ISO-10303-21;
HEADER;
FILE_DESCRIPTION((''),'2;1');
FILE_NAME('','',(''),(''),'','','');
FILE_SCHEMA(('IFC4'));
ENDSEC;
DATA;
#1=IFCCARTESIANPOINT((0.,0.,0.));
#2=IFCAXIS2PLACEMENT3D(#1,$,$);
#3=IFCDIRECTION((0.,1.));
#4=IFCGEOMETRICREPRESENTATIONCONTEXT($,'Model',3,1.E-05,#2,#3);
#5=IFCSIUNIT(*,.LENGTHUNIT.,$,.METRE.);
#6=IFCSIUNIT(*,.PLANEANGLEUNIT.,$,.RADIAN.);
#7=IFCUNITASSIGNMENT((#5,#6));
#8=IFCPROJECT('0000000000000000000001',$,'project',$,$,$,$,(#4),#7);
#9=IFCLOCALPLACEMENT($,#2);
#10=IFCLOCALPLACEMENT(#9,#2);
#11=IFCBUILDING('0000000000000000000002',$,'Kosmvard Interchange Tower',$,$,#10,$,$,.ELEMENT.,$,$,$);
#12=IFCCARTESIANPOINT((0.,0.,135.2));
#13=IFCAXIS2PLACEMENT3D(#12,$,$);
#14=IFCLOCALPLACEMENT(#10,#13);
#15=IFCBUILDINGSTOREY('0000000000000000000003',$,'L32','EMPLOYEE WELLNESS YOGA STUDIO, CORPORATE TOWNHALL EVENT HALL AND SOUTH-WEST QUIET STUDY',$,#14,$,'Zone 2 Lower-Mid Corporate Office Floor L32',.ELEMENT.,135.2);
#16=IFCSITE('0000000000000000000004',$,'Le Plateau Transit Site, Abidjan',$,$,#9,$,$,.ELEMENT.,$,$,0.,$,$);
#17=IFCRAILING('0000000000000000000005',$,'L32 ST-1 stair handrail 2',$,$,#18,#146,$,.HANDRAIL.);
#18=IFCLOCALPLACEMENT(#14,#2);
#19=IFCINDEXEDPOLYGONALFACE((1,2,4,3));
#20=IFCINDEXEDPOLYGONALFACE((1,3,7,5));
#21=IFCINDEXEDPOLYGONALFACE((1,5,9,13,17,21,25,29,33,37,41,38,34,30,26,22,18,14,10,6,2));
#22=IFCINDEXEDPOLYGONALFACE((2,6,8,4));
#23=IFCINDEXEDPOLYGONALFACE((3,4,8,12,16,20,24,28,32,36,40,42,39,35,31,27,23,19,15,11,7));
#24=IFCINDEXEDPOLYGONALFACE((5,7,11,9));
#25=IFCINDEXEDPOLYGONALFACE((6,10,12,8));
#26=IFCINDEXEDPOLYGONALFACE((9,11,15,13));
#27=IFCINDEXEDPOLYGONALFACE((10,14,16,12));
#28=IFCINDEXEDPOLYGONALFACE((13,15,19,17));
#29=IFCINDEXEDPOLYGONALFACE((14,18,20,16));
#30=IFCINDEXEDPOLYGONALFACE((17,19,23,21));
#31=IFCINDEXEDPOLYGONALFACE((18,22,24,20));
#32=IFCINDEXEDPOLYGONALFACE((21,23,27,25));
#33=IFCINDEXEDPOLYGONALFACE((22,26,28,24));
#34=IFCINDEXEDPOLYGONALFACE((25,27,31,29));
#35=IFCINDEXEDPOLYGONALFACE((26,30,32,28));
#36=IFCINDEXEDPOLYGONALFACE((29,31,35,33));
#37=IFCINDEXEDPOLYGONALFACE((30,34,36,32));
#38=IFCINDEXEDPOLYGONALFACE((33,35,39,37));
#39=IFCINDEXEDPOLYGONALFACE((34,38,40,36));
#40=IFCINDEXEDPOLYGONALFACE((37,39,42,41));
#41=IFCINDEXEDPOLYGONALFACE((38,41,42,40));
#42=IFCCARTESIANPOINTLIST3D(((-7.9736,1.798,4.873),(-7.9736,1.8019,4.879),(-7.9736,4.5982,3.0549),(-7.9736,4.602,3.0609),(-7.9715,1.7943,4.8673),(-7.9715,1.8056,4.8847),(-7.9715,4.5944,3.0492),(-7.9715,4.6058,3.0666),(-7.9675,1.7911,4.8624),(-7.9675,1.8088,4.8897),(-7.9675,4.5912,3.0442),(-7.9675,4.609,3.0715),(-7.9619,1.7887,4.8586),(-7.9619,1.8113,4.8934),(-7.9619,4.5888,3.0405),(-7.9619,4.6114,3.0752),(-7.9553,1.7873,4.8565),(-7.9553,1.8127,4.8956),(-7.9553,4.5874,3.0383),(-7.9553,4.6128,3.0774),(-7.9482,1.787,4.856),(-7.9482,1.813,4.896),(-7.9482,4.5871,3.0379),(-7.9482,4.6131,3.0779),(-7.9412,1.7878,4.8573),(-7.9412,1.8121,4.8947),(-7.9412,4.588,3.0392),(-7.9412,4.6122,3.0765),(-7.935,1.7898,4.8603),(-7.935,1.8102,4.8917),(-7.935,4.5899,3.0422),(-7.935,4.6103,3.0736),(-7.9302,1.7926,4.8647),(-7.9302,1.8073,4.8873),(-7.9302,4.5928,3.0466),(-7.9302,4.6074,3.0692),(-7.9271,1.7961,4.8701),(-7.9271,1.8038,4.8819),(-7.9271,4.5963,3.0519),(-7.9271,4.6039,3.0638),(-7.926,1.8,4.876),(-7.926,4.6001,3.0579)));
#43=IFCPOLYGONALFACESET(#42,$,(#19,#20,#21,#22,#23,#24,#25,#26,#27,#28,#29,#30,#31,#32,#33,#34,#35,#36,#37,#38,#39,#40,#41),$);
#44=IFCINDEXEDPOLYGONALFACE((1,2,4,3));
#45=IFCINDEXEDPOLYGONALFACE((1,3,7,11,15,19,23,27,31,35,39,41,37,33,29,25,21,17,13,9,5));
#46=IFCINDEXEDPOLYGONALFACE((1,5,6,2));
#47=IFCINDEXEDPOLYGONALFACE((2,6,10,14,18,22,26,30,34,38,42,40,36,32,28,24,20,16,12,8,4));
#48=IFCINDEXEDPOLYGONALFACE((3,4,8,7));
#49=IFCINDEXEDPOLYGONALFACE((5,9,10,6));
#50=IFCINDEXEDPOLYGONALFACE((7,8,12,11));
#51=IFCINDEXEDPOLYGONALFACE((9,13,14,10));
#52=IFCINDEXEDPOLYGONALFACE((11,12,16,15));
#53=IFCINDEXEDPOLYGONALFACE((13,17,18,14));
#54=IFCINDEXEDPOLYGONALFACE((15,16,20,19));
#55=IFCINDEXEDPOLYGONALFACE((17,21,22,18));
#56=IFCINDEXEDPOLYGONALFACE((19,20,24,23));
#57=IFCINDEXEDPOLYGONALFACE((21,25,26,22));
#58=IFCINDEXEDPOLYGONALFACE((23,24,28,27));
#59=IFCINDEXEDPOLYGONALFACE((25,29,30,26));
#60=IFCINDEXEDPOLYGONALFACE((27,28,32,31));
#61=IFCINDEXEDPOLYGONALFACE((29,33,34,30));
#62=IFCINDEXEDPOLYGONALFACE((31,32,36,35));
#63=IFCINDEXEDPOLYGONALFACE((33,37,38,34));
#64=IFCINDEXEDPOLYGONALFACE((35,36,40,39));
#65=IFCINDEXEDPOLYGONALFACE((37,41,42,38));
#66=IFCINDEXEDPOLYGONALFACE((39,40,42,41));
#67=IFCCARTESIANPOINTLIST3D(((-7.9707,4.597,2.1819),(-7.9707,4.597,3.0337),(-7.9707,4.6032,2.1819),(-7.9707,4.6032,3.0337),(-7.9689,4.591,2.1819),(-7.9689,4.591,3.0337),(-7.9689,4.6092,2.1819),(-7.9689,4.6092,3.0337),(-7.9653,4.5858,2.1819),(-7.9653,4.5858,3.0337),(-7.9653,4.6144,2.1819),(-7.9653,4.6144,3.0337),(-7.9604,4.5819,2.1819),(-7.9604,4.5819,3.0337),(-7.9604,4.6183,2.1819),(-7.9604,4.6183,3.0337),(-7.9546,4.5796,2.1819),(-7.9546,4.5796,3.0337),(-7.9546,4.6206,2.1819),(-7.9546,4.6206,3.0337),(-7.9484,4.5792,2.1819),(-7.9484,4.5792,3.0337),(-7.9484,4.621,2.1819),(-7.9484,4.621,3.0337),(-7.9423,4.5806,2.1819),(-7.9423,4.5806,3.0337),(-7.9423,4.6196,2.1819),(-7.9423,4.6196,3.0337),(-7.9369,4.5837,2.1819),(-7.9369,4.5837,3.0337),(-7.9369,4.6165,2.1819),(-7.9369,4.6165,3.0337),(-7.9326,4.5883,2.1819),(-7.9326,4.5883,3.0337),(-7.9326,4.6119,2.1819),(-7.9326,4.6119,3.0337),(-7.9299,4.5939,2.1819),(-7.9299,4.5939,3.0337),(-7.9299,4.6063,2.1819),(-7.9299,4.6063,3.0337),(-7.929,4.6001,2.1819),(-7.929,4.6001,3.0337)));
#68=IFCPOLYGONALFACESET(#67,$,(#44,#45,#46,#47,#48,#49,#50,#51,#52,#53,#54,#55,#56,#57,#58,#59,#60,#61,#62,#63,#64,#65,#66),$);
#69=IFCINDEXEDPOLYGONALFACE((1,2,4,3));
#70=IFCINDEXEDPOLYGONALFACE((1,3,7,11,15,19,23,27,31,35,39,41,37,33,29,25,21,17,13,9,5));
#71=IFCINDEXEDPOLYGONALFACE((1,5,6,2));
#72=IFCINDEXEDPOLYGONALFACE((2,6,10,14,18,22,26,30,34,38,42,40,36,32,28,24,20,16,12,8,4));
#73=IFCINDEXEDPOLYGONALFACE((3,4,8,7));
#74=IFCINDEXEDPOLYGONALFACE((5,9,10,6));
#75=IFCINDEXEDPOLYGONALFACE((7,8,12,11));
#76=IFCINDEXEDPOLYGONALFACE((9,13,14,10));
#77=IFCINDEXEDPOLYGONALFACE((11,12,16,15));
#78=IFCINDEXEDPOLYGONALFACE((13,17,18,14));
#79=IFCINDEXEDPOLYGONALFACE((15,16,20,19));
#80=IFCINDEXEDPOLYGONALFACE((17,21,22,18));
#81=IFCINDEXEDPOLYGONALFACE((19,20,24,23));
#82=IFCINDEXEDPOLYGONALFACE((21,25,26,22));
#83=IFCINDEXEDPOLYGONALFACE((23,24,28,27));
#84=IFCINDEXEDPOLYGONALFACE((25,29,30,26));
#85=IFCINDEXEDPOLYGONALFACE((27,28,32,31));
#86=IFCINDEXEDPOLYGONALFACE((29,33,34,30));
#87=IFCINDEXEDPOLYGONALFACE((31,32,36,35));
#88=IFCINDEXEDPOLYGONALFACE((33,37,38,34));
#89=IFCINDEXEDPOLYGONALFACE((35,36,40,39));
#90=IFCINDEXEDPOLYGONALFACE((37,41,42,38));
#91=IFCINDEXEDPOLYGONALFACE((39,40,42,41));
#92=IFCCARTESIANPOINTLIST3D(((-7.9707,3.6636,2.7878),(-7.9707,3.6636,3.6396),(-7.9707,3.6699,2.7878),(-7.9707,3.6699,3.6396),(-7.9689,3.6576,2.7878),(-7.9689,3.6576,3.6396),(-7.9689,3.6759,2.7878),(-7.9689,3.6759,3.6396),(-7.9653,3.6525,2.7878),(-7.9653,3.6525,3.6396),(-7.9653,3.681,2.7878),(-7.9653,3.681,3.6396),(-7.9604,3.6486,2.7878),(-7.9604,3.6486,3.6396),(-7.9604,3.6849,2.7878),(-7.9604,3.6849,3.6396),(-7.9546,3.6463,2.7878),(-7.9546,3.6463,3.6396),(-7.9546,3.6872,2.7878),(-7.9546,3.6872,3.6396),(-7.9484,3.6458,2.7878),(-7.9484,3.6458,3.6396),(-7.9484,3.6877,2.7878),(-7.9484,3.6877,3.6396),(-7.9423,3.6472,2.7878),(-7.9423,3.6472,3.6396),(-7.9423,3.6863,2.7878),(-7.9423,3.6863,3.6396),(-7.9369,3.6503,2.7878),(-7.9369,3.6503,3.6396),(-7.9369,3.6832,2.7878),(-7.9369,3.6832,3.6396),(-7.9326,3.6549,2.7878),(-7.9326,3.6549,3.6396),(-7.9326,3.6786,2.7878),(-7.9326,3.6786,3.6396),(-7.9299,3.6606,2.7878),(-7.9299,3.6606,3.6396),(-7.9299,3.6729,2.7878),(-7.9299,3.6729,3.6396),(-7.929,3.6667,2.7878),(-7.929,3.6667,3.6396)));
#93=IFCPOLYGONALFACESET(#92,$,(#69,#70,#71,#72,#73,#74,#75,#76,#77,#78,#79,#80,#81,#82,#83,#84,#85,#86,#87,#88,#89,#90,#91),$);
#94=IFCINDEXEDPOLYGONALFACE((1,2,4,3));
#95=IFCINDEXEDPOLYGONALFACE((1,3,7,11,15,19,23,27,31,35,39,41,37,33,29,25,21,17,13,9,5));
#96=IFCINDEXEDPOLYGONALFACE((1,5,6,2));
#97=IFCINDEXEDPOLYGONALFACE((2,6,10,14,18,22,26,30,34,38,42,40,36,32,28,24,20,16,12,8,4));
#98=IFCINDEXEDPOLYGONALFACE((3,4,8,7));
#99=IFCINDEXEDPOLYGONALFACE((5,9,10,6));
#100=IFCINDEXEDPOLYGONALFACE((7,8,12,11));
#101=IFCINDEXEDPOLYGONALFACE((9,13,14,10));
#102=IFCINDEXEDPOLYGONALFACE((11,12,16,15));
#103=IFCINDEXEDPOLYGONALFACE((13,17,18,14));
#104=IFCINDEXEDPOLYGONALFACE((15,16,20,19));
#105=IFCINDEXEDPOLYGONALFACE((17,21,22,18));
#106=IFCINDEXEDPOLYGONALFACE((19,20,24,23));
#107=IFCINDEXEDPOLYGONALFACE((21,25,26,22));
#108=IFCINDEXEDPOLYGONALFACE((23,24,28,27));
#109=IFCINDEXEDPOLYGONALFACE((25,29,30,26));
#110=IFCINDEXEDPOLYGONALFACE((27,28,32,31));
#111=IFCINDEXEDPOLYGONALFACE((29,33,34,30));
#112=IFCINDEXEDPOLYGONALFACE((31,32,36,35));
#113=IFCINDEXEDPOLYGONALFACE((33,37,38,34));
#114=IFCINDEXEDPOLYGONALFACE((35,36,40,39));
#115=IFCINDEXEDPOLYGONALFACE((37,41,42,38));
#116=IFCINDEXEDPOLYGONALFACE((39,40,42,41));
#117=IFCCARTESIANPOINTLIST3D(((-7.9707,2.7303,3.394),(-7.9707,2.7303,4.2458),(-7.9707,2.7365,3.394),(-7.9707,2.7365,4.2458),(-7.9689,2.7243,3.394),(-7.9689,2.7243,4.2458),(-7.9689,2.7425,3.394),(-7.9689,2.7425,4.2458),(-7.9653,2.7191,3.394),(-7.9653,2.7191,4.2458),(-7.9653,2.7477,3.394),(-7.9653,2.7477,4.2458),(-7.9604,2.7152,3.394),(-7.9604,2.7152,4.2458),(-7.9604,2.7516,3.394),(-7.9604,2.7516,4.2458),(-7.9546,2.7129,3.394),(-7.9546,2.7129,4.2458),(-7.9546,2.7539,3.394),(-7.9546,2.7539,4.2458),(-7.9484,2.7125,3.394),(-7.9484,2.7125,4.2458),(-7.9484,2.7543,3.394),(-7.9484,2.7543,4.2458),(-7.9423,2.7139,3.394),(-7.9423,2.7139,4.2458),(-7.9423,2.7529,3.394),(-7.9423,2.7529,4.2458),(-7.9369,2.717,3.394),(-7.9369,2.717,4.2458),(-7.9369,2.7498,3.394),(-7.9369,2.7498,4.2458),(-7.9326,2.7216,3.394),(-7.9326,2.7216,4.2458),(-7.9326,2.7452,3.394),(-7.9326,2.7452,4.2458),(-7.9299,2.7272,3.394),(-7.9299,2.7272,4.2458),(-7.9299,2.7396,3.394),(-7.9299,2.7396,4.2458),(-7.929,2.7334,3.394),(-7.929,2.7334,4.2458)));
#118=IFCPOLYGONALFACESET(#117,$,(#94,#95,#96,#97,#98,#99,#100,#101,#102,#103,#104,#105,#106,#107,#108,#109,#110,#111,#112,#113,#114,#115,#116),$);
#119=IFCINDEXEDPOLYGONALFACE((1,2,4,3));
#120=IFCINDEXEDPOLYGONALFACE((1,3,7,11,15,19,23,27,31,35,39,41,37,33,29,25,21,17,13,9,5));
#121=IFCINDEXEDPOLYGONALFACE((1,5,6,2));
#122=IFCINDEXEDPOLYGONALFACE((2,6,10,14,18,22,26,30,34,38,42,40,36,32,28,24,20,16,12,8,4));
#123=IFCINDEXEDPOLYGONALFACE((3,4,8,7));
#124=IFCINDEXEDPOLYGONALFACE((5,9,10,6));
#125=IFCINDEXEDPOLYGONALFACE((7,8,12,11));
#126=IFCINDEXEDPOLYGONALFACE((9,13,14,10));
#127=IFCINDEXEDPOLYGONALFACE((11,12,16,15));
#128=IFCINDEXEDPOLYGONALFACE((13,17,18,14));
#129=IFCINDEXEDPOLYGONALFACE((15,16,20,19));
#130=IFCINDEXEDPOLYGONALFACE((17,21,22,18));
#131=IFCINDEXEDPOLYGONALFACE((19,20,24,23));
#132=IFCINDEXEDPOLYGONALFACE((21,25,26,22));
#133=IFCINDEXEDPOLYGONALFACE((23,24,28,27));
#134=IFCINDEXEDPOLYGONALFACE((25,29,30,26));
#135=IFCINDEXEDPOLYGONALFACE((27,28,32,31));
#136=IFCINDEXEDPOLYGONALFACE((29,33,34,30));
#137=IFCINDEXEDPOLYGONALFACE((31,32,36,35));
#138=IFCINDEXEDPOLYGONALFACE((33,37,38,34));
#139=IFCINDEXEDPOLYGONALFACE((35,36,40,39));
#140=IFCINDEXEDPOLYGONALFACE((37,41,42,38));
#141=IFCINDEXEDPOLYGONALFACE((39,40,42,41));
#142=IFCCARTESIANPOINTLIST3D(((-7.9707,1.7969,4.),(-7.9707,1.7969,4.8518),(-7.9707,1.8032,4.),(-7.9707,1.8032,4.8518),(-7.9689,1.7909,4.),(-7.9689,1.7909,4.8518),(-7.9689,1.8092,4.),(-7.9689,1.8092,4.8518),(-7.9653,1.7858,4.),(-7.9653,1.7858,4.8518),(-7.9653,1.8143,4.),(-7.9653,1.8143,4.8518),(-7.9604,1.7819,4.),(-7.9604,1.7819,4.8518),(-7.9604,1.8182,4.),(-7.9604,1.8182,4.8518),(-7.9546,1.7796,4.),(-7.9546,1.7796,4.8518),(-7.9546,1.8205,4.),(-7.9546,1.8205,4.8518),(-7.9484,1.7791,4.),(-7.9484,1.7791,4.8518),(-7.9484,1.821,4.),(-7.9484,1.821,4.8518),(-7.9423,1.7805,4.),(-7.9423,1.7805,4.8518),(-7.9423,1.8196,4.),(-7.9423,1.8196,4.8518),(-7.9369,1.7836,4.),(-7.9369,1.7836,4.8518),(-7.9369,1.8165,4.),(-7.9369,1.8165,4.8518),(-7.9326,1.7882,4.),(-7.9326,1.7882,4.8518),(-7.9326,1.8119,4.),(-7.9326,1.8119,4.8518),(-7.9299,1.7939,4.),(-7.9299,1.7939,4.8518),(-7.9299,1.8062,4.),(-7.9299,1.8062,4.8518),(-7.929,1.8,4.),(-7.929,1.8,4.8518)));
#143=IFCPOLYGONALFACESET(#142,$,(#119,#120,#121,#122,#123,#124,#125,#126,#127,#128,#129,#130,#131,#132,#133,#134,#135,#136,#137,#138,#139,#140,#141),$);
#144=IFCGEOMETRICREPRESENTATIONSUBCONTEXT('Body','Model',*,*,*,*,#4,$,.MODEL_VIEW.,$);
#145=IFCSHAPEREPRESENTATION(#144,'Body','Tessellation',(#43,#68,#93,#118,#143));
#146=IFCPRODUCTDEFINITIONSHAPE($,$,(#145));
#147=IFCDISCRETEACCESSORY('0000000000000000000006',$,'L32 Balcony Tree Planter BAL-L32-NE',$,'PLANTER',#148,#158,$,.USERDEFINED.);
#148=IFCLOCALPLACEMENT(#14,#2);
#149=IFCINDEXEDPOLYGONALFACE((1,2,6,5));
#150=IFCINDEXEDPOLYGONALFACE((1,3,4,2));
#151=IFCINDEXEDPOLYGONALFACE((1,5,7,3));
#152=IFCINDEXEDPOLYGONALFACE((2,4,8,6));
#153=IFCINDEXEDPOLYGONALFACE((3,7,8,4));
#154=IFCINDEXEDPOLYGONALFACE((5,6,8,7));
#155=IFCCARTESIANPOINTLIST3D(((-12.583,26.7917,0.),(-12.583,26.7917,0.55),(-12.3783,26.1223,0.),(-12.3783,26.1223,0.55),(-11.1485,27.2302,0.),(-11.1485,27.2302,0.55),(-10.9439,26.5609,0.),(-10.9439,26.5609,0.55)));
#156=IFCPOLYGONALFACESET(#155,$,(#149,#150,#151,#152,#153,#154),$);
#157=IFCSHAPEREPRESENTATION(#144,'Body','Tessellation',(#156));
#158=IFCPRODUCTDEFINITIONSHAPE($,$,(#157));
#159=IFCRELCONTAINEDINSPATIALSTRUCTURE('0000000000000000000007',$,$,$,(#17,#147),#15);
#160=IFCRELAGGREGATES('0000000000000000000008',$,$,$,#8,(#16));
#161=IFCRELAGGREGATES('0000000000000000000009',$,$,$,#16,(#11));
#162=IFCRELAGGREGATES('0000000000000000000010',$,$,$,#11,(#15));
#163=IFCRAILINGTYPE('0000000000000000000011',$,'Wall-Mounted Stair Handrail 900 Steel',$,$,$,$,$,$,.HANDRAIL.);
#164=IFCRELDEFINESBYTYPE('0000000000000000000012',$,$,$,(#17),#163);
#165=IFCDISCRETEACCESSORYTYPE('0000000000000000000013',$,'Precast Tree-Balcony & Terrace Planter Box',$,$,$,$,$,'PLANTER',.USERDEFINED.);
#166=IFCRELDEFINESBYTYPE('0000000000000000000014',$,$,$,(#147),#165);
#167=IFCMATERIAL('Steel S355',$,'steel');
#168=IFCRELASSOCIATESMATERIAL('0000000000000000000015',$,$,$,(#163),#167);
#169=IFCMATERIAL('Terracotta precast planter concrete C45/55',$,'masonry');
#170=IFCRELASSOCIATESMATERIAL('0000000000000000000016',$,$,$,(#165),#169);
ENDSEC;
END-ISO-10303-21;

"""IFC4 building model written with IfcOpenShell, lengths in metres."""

from ifc_helpers import new_model, si_unit, direction, frame, origin, origin_2d, place, context, subcontext, project, spatial, rectangle, circle, extrude, source, transform, mapped, material, type_object, element, save


model = new_model("IFC4")

# Units and contexts
model_context = context("Model", 3, precision=1e-05, world=origin(), true_north=direction((0.0, 1.0)))
body_context = subcontext(model_context, "Body", "Model", "MODEL_VIEW")
ifc_project = project(units=[si_unit("LENGTHUNIT", "METRE"), si_unit("PLANEANGLEUNIT", "RADIAN")], contexts=[model_context])

# Site, building, storey
site_placement = place(None, origin())
site = spatial("IfcSite", under=ifc_project, at=site_placement, Name="Le Plateau Transit Site, Abidjan", CompositionType="ELEMENT", RefElevation=0.0)
building_placement = place(site_placement, origin())
building = spatial("IfcBuilding", under=site, at=building_placement, Name="Kosmvard Interchange Tower", CompositionType="ELEMENT")
storey_placement = place(building_placement, frame((0.0, 0.0, 135.2)))
storey = spatial("IfcBuildingStorey", under=building, at=storey_placement, Name="L32", Description="EMPLOYEE WELLNESS YOGA STUDIO, CORPORATE TOWNHALL EVENT HALL AND SOUTH-WEST QUIET STUDY", LongName="Zone 2 Lower-Mid Corporate Office Floor L32", CompositionType="ELEMENT", Elevation=135.2)

# Shared definitions
ifc_material_1 = material(Name="Steel S355", Category="steel")

# Railing
railing_type_1 = type_object("IfcRailingType", Name="Wall-Mounted Stair Handrail 900 Steel", PredefinedType="HANDRAIL", material=ifc_material_1)
shared_shape_1 = source(origin(), body_context, "Body", "SweptSolid", [
    extrude(circle(Radius=0.0239, at=origin_2d()), frame((0.0, 0.0, 0.876), z_axis=(0.0, -0.838706, 0.544585), x_axis=(1.0, 0.0, 0.0)), (0.0, 0.0, 1.0), 3.3386),
    extrude(circle(Radius=0.021, at=origin_2d()), origin(), (0.0, 0.0, 1.0), 0.8518),
    extrude(circle(Radius=0.021, at=origin_2d()), frame((0.0, -0.9333, 0.606)), (0.0, 0.0, 1.0), 0.8518),
    extrude(circle(Radius=0.021, at=origin_2d()), frame((0.0, -1.8667, 1.2122)), (0.0, 0.0, 1.0), 0.8518),
    extrude(circle(Radius=0.021, at=origin_2d()), frame((0.0, -2.8, 1.8181)), (0.0, 0.0, 1.0), 0.8518),
])
railing_1_placement = place(storey_placement, frame((-7.95, 4.6001, 2.1819)))
element("IfcRailing", 1, at=railing_1_placement, inside=storey, type_object=railing_type_1, Name="L32 ST-1 stair handrail 2", PredefinedType="HANDRAIL", context=body_context, shape_type="MappedRepresentation", body=[
    mapped(shared_shape_1, transform((0.0, 0.0, 0.0), scale=1.0)),
])

# Discrete accessory
ifc_material_2 = material(Name="Terracotta precast planter concrete C45/55", Category="masonry")
discrete_accessory_type = type_object("IfcDiscreteAccessoryType", Name="Precast Tree-Balcony & Terrace Planter Box", ElementType="PLANTER", PredefinedType="USERDEFINED", material=ifc_material_2)
shared_shape_2 = source(origin(), body_context, "Body", "SweptSolid", [
    extrude(rectangle(XDim=1.5, YDim=0.7, at=origin_2d()), origin(), (0.0, 0.0, 1.0), 0.55),
])
discrete_accessory_placement = place(storey_placement, frame((-11.7634, 26.6763, 0.0), z_axis=(0.0, 0.0, 1.0), x_axis=(0.956305, 0.292372, 0.0)))
element("IfcDiscreteAccessory", 2, at=discrete_accessory_placement, inside=storey, type_object=discrete_accessory_type, Name="L32 Balcony Tree Planter BAL-L32-NE", ObjectType="PLANTER", PredefinedType="USERDEFINED", context=body_context, shape_type="MappedRepresentation", body=[
    mapped(shared_shape_2, transform((0.0, 0.0, 0.0), scale=1.0)),
])

save(model, "model.ifc")
